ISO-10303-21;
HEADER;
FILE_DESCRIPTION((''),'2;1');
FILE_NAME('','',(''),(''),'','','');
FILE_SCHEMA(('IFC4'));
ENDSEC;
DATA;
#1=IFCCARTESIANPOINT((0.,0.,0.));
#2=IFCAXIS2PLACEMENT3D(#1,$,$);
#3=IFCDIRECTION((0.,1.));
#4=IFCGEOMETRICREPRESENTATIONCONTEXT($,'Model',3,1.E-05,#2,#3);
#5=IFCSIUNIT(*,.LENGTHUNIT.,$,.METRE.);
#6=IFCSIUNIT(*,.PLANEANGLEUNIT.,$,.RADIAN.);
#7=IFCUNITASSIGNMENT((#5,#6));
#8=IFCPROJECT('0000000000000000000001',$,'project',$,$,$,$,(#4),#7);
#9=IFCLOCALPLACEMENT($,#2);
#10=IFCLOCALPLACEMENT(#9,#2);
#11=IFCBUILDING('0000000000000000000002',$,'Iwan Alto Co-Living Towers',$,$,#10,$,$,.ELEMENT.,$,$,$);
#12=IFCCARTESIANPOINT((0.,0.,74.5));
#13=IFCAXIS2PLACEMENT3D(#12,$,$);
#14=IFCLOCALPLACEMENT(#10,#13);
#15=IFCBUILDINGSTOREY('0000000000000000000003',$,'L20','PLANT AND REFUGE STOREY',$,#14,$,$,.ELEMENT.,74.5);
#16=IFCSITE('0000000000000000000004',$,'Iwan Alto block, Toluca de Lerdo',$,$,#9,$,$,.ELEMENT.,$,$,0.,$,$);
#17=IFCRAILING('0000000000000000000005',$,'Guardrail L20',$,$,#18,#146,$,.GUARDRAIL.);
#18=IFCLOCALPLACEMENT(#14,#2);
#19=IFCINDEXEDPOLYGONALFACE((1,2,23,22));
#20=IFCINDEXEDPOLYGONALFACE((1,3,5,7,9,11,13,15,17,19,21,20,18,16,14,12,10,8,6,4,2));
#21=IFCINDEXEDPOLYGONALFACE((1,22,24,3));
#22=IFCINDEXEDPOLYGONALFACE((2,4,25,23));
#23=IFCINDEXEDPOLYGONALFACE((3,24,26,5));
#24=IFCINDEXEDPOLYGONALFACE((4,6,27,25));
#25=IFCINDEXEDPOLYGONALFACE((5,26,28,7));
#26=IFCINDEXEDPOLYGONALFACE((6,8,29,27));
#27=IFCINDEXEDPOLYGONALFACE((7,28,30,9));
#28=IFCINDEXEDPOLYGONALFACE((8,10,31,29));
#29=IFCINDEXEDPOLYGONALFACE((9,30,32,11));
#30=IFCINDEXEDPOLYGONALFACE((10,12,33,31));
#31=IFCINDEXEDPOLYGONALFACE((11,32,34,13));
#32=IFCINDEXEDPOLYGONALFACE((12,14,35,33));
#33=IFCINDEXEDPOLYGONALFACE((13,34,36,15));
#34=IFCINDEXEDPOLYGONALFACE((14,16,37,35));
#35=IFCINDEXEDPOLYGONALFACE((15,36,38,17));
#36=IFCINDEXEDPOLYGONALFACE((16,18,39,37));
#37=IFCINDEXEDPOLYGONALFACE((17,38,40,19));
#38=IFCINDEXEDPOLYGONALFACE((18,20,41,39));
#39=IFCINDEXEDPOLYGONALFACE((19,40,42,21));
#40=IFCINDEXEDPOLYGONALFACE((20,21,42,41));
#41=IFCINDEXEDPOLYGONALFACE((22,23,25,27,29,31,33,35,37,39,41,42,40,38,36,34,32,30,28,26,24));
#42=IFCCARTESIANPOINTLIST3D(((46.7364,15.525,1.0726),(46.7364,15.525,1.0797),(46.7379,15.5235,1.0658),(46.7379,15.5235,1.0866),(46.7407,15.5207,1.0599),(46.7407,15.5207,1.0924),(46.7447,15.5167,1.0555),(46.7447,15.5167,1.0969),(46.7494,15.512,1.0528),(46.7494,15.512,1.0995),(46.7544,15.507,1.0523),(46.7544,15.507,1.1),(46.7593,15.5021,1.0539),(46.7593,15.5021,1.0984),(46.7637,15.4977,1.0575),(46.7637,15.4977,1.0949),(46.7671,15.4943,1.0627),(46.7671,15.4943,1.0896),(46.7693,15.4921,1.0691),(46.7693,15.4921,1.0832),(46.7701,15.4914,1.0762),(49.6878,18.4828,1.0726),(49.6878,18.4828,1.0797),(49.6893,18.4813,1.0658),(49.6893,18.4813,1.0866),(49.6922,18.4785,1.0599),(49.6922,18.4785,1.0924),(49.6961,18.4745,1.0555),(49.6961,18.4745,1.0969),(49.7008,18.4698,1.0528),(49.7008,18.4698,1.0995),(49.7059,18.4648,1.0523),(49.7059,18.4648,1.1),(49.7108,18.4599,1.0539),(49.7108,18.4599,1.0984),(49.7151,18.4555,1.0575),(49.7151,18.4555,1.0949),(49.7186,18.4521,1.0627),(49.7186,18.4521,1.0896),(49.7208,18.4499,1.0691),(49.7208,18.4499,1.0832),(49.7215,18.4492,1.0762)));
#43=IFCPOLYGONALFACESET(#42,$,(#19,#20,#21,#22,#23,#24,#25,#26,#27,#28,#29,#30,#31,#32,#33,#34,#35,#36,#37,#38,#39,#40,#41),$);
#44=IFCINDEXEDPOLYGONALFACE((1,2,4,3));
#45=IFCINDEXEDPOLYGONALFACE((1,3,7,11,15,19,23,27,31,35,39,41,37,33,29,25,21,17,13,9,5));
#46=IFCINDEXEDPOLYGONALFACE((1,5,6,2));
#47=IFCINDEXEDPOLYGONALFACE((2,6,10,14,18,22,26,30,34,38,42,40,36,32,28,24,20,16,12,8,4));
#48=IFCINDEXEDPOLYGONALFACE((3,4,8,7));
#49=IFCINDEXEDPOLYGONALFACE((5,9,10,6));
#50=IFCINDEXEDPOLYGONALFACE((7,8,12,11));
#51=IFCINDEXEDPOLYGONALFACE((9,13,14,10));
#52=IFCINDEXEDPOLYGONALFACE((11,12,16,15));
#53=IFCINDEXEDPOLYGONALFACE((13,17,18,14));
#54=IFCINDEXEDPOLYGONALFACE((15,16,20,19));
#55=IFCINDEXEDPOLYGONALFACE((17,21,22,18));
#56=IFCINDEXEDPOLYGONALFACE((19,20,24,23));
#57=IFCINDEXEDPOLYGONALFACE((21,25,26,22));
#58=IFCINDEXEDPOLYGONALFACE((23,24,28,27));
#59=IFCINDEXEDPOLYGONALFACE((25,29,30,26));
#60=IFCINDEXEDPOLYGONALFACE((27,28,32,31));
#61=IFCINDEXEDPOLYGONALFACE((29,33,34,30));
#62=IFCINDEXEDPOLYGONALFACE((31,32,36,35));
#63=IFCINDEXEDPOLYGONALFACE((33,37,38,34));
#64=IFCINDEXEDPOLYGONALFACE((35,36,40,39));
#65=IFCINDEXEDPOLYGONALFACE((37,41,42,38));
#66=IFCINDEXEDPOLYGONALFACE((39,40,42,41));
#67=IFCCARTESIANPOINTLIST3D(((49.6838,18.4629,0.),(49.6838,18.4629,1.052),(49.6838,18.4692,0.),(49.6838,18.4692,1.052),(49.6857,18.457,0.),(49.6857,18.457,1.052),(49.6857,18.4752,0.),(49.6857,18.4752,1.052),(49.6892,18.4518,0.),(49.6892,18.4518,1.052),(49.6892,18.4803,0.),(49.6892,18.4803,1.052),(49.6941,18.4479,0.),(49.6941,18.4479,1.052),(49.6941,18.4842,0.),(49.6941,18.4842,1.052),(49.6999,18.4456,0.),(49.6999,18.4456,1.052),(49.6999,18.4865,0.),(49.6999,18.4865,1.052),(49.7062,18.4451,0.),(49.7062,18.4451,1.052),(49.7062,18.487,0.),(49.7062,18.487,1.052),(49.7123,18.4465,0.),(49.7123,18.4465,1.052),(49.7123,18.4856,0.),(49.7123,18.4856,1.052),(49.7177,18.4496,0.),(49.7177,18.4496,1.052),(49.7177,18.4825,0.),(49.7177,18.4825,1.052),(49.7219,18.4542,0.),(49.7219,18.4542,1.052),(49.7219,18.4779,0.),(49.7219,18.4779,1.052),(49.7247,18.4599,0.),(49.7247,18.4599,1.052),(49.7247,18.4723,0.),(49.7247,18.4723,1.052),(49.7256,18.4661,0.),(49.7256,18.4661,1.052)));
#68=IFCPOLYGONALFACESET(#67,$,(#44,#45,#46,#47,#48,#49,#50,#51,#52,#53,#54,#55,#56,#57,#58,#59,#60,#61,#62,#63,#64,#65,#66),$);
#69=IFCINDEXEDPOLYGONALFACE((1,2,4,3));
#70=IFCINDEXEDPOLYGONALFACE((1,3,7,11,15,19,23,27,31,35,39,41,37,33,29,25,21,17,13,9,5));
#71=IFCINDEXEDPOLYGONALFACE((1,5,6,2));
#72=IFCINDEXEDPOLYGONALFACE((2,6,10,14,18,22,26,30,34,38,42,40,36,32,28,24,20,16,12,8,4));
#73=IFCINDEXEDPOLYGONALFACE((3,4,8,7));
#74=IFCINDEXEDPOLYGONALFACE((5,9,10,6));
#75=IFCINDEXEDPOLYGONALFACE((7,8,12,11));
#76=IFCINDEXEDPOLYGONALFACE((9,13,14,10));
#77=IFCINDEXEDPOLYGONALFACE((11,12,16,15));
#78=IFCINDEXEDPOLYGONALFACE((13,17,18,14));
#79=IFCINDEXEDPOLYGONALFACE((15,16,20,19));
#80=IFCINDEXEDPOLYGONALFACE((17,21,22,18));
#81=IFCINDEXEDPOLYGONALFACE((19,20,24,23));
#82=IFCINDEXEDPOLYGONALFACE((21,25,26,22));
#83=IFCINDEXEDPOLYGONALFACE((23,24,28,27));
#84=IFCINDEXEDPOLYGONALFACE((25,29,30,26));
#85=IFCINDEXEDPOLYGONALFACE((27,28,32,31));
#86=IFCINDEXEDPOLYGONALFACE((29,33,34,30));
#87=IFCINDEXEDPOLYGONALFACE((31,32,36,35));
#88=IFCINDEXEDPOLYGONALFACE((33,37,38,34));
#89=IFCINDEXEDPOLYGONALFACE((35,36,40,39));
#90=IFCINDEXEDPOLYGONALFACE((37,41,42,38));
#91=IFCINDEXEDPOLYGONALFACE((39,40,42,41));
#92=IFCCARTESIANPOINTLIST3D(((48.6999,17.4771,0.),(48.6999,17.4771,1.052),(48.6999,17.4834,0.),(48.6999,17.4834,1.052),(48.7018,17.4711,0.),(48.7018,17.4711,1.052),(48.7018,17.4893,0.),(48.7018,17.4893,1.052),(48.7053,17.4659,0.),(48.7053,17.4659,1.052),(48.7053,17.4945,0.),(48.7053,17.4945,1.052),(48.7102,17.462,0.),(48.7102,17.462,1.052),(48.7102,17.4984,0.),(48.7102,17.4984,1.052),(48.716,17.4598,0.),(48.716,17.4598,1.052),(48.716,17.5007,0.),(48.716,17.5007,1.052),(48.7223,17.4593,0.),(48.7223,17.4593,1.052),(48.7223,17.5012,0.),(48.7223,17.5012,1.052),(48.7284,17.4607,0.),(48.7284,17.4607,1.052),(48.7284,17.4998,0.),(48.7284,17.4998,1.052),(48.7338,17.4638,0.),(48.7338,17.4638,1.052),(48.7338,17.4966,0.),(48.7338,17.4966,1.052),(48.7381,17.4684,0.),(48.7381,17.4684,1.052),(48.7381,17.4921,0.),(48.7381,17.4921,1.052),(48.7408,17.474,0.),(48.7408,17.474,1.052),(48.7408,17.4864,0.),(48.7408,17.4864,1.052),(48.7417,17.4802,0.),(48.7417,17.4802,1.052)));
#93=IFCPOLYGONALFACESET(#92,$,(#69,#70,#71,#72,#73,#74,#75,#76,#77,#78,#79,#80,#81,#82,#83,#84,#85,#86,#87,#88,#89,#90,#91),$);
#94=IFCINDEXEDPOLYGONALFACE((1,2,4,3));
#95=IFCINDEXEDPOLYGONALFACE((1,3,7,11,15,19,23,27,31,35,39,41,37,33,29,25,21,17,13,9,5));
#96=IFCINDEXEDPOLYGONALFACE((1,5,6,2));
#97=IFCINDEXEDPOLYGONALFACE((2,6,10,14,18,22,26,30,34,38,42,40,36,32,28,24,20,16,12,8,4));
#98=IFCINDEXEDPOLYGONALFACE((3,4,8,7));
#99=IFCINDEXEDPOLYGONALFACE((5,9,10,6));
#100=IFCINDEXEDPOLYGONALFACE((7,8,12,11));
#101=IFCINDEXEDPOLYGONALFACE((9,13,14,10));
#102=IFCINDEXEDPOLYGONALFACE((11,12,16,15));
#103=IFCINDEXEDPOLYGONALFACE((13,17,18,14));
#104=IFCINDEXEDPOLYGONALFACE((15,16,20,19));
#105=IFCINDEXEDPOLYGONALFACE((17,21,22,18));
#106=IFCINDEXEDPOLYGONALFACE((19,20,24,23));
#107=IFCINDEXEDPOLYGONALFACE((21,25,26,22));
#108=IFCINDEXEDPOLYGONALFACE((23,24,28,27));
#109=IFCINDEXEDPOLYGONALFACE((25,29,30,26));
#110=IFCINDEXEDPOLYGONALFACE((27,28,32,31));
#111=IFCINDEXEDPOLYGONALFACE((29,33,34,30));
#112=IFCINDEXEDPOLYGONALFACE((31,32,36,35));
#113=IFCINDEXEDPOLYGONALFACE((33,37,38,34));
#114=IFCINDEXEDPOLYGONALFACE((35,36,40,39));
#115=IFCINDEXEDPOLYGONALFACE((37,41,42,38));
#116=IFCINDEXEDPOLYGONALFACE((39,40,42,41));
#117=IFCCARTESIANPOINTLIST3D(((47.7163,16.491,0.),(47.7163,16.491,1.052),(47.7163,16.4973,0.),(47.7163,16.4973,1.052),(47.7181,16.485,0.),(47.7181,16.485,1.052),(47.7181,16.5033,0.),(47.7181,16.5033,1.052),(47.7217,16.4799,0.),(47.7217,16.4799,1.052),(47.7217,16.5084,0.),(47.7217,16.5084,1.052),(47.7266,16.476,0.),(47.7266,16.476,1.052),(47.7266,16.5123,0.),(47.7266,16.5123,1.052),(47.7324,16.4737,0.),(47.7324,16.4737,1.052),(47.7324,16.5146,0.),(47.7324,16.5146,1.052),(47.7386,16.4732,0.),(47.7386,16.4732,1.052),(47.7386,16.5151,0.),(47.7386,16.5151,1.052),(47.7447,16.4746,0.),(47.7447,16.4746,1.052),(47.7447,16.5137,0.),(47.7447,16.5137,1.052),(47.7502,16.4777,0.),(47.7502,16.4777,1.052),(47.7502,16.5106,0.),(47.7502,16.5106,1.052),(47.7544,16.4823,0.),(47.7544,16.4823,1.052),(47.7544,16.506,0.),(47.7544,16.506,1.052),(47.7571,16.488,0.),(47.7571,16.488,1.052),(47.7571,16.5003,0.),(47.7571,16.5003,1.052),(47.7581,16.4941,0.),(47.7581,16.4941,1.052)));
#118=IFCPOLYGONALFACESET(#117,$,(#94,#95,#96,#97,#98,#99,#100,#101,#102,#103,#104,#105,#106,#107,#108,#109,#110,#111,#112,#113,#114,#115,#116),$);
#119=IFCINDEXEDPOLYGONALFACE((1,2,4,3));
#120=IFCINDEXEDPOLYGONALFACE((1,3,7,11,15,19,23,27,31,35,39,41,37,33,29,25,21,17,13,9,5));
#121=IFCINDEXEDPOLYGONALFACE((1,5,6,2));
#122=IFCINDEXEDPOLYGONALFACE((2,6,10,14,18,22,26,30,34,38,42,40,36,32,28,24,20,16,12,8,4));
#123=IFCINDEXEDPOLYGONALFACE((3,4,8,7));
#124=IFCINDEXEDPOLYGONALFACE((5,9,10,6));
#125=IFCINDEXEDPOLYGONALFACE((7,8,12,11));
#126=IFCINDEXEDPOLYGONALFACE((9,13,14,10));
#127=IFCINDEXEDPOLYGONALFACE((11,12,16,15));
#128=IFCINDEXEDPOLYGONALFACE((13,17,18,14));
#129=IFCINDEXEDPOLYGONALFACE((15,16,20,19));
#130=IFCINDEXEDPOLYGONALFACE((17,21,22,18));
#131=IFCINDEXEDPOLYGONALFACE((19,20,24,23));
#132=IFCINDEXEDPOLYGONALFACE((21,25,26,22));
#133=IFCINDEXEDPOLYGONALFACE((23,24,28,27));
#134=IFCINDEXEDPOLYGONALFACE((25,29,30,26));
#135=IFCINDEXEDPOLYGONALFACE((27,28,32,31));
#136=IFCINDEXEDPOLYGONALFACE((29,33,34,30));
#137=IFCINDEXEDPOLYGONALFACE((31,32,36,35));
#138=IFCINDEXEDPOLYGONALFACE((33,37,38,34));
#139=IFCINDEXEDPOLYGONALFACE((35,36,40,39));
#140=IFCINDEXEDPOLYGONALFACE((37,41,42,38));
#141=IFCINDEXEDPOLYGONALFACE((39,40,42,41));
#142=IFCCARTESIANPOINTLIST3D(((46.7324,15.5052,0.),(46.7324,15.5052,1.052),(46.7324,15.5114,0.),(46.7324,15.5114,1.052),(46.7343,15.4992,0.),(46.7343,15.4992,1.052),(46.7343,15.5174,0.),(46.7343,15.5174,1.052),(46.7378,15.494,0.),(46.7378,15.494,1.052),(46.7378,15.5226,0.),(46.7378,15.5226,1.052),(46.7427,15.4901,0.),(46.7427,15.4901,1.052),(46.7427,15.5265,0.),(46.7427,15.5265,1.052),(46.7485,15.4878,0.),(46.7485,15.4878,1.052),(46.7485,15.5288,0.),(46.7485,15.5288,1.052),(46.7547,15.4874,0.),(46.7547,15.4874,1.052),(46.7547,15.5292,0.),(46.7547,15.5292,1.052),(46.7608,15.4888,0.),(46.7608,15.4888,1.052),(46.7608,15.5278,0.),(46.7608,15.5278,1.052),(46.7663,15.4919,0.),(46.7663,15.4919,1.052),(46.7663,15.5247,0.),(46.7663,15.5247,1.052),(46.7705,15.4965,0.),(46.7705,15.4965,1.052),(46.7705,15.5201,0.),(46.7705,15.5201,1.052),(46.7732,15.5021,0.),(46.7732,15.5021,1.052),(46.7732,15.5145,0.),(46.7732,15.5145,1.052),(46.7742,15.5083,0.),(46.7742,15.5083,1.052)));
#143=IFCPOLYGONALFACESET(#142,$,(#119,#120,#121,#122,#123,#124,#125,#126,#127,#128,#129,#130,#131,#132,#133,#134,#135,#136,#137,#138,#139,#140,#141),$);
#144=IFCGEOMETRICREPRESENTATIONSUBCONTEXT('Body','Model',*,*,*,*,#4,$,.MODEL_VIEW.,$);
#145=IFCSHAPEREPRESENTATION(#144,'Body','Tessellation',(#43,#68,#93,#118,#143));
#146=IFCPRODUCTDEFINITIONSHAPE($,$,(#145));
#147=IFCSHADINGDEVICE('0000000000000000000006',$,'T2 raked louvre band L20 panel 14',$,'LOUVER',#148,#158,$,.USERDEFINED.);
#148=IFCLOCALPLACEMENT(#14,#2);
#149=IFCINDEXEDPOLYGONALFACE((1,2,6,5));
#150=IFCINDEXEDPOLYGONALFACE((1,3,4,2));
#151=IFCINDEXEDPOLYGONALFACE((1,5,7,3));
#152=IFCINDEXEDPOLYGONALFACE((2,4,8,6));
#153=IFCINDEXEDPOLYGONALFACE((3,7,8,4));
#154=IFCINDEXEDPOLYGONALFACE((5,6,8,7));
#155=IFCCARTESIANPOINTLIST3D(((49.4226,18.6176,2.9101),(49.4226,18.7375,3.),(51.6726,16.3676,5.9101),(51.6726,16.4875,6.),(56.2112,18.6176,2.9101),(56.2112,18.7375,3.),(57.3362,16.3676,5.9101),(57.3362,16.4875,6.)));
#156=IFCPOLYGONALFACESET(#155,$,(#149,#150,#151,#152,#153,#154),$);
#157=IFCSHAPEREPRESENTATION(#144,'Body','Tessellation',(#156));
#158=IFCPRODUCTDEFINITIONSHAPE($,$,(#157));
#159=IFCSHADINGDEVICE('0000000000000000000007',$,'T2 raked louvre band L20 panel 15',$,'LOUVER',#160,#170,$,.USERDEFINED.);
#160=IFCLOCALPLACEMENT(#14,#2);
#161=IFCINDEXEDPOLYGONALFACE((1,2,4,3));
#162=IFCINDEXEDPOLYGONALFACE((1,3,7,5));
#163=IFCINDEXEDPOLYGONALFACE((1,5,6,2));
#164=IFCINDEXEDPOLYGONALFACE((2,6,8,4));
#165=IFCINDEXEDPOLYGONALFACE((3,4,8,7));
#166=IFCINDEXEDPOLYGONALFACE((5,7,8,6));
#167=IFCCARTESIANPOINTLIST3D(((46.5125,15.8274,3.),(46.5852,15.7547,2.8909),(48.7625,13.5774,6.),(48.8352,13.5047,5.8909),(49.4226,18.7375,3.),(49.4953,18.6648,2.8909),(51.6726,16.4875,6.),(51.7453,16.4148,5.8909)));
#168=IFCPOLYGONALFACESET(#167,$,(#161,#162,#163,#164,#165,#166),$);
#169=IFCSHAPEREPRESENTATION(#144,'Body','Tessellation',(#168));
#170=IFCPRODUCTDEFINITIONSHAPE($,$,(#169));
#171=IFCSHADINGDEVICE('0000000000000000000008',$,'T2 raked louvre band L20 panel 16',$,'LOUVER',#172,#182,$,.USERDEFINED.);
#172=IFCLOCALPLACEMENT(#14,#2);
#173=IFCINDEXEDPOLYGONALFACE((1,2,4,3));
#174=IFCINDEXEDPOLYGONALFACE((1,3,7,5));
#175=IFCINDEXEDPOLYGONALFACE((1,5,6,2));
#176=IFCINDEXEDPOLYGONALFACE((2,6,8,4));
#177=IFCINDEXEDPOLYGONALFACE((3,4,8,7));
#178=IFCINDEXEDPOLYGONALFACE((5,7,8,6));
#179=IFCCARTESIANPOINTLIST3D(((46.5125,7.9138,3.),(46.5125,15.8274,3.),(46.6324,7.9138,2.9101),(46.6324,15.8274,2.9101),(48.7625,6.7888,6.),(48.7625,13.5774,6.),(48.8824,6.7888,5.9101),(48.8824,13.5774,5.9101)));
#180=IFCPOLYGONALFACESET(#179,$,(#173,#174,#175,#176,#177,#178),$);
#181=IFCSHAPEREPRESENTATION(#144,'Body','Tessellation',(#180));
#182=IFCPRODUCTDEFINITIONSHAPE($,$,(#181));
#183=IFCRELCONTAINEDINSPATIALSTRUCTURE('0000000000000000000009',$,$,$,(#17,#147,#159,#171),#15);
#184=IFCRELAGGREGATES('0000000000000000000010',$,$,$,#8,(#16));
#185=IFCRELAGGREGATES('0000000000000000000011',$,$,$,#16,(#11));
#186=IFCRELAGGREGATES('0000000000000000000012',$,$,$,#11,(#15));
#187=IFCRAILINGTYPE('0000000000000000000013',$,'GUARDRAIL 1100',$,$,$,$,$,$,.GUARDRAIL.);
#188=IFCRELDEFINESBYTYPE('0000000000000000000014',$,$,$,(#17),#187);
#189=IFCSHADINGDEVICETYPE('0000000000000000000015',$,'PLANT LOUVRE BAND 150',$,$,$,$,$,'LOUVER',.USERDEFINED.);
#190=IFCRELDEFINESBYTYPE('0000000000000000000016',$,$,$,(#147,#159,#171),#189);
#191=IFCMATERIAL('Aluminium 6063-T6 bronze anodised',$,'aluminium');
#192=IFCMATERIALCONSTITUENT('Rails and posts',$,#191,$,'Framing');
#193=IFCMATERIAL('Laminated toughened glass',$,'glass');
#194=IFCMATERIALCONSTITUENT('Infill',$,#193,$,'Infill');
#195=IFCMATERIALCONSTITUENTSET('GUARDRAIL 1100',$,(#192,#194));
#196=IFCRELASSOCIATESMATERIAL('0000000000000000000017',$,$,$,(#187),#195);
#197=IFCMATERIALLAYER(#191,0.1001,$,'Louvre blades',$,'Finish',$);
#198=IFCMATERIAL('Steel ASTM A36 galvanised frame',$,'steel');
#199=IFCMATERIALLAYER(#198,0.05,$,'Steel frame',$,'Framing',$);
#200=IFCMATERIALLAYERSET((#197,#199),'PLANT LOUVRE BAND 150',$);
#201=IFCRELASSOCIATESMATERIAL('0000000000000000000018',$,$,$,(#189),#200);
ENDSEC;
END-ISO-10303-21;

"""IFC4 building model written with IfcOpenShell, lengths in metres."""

from ifc_helpers import new_model, si_unit, direction, frame, origin, origin_2d, place, context, subcontext, project, spatial, polyline, circle, outline, extrude, material, layer, layer_set, constituent, constituent_set, type_object, element, save


model = new_model("IFC4")

# Units and contexts
model_context = context("Model", 3, precision=1e-05, world=origin(), true_north=direction((0.0, 1.0)))
body_context = subcontext(model_context, "Body", "Model", "MODEL_VIEW")
ifc_project = project(units=[si_unit("LENGTHUNIT", "METRE"), si_unit("PLANEANGLEUNIT", "RADIAN")], contexts=[model_context])

# Site, building, storey
site_placement = place(None, origin())
site = spatial("IfcSite", under=ifc_project, at=site_placement, Name="Iwan Alto block, Toluca de Lerdo", CompositionType="ELEMENT", RefElevation=0.0)
building_placement = place(site_placement, origin())
building = spatial("IfcBuilding", under=site, at=building_placement, Name="Iwan Alto Co-Living Towers", CompositionType="ELEMENT")
storey_placement = place(building_placement, frame((0.0, 0.0, 74.5)))
storey = spatial("IfcBuildingStorey", under=building, at=storey_placement, Name="L20", Description="PLANT AND REFUGE STOREY", CompositionType="ELEMENT", Elevation=74.5)

# Shared definitions
ifc_material_1 = material(Name="Aluminium 6063-T6 bronze anodised", Category="aluminium")

# Railing
ifc_constituent_1 = constituent(ifc_material_1, Name="Rails and posts", Category="Framing")
ifc_material_2 = material(Name="Laminated toughened glass", Category="glass")
ifc_constituent_2 = constituent(ifc_material_2, Name="Infill", Category="Infill")
ifc_constituent_set = constituent_set(constituents=[ifc_constituent_1, ifc_constituent_2], Name="GUARDRAIL 1100")
railing_type = type_object("IfcRailingType", Name="GUARDRAIL 1100", PredefinedType="GUARDRAIL", material=ifc_constituent_set)
railing_placement = place(storey_placement, frame((49.7046, 18.4661, 0.0)))
element("IfcRailing", 1, at=railing_placement, inside=storey, type_object=railing_type, Name="Guardrail L20", PredefinedType="GUARDRAIL", context=body_context, shape_type="SweptSolid", body=[
    extrude(circle(Radius=0.0239, at=origin_2d()), frame((0.0, 0.0, 1.0762), z_axis=(-0.706347, -0.707866, 0.0), x_axis=(0.707866, -0.706347, 0.0)), (0.0, 0.0, 1.0), 4.1785),
    extrude(circle(Radius=0.021, at=origin_2d()), origin(), (0.0, 0.0, 1.0), 1.052),
    extrude(circle(Radius=0.021, at=origin_2d()), frame((-0.9839, -0.9858, 0.0)), (0.0, 0.0, 1.0), 1.052),
    extrude(circle(Radius=0.021, at=origin_2d()), frame((-1.9675, -1.9719, 0.0)), (0.0, 0.0, 1.0), 1.052),
    extrude(circle(Radius=0.021, at=origin_2d()), frame((-2.9514, -2.9578, 0.0)), (0.0, 0.0, 1.0), 1.052),
])

# Shading devices
ifc_layer_1 = layer(ifc_material_1, 0.1001, Name="Louvre blades", Category="Finish")
ifc_material_3 = material(Name="Steel ASTM A36 galvanised frame", Category="steel")
ifc_layer_2 = layer(ifc_material_3, 0.05, Name="Steel frame", Category="Framing")
ifc_layer_set_1 = layer_set([ifc_layer_1, ifc_layer_2], Name="PLANT LOUVRE BAND 150")
shading_device_type_1 = type_object("IfcShadingDeviceType", Name="PLANT LOUVRE BAND 150", ElementType="LOUVER", PredefinedType="USERDEFINED", material=ifc_layer_set_1)
shading_device_1_placement = place(storey_placement, frame((56.2112, 18.7375, 3.0), z_axis=(0.0, 0.8, 0.6), x_axis=(-1.0, 0.0, 0.0)))
element("IfcShadingDevice", 2, at=shading_device_1_placement, inside=storey, type_object=shading_device_type_1, Name="T2 raked louvre band L20 panel 14", ObjectType="LOUVER", PredefinedType="USERDEFINED", context=body_context, shape_type="SweptSolid", body=[
    extrude(outline(polyline([(0.0, 0.0), (6.7886, 0.0), (4.5386, 3.75), (-1.125, 3.75), (0.0, 0.0)])), origin(), (0.0, 0.0, -1.0), 0.1499),
])
shading_device_2_placement = place(storey_placement, frame((49.4226, 18.7375, 3.0), z_axis=(-0.485071, 0.485071, 0.727607), x_axis=(-0.707107, -0.707107, 0.0)))
element("IfcShadingDevice", 3, at=shading_device_2_placement, inside=storey, type_object=shading_device_type_1, Name="T2 raked louvre band L20 panel 15", ObjectType="LOUVER", PredefinedType="USERDEFINED", context=body_context, shape_type="SweptSolid", body=[
    extrude(outline(polyline([(0.0, 0.0), (4.1156, 0.0), (4.1156, 4.3732), (0.0, 4.3732), (0.0, 0.0)])), origin(), (0.0, 0.0, -1.0), 0.1499),
])
shading_device_3_placement = place(storey_placement, frame((46.5125, 15.8274, 3.0), z_axis=(-0.8, 0.0, 0.6), x_axis=(0.0, -1.0, 0.0)))
element("IfcShadingDevice", 4, at=shading_device_3_placement, inside=storey, type_object=shading_device_type_1, Name="T2 raked louvre band L20 panel 16", ObjectType="LOUVER", PredefinedType="USERDEFINED", context=body_context, shape_type="SweptSolid", body=[
    extrude(outline(polyline([(0.0, 0.0), (7.9136, 0.0), (9.0386, 3.75), (2.25, 3.75), (0.0, 0.0)])), origin(), (0.0, 0.0, -1.0), 0.1499),
])

save(model, "model.ifc")
